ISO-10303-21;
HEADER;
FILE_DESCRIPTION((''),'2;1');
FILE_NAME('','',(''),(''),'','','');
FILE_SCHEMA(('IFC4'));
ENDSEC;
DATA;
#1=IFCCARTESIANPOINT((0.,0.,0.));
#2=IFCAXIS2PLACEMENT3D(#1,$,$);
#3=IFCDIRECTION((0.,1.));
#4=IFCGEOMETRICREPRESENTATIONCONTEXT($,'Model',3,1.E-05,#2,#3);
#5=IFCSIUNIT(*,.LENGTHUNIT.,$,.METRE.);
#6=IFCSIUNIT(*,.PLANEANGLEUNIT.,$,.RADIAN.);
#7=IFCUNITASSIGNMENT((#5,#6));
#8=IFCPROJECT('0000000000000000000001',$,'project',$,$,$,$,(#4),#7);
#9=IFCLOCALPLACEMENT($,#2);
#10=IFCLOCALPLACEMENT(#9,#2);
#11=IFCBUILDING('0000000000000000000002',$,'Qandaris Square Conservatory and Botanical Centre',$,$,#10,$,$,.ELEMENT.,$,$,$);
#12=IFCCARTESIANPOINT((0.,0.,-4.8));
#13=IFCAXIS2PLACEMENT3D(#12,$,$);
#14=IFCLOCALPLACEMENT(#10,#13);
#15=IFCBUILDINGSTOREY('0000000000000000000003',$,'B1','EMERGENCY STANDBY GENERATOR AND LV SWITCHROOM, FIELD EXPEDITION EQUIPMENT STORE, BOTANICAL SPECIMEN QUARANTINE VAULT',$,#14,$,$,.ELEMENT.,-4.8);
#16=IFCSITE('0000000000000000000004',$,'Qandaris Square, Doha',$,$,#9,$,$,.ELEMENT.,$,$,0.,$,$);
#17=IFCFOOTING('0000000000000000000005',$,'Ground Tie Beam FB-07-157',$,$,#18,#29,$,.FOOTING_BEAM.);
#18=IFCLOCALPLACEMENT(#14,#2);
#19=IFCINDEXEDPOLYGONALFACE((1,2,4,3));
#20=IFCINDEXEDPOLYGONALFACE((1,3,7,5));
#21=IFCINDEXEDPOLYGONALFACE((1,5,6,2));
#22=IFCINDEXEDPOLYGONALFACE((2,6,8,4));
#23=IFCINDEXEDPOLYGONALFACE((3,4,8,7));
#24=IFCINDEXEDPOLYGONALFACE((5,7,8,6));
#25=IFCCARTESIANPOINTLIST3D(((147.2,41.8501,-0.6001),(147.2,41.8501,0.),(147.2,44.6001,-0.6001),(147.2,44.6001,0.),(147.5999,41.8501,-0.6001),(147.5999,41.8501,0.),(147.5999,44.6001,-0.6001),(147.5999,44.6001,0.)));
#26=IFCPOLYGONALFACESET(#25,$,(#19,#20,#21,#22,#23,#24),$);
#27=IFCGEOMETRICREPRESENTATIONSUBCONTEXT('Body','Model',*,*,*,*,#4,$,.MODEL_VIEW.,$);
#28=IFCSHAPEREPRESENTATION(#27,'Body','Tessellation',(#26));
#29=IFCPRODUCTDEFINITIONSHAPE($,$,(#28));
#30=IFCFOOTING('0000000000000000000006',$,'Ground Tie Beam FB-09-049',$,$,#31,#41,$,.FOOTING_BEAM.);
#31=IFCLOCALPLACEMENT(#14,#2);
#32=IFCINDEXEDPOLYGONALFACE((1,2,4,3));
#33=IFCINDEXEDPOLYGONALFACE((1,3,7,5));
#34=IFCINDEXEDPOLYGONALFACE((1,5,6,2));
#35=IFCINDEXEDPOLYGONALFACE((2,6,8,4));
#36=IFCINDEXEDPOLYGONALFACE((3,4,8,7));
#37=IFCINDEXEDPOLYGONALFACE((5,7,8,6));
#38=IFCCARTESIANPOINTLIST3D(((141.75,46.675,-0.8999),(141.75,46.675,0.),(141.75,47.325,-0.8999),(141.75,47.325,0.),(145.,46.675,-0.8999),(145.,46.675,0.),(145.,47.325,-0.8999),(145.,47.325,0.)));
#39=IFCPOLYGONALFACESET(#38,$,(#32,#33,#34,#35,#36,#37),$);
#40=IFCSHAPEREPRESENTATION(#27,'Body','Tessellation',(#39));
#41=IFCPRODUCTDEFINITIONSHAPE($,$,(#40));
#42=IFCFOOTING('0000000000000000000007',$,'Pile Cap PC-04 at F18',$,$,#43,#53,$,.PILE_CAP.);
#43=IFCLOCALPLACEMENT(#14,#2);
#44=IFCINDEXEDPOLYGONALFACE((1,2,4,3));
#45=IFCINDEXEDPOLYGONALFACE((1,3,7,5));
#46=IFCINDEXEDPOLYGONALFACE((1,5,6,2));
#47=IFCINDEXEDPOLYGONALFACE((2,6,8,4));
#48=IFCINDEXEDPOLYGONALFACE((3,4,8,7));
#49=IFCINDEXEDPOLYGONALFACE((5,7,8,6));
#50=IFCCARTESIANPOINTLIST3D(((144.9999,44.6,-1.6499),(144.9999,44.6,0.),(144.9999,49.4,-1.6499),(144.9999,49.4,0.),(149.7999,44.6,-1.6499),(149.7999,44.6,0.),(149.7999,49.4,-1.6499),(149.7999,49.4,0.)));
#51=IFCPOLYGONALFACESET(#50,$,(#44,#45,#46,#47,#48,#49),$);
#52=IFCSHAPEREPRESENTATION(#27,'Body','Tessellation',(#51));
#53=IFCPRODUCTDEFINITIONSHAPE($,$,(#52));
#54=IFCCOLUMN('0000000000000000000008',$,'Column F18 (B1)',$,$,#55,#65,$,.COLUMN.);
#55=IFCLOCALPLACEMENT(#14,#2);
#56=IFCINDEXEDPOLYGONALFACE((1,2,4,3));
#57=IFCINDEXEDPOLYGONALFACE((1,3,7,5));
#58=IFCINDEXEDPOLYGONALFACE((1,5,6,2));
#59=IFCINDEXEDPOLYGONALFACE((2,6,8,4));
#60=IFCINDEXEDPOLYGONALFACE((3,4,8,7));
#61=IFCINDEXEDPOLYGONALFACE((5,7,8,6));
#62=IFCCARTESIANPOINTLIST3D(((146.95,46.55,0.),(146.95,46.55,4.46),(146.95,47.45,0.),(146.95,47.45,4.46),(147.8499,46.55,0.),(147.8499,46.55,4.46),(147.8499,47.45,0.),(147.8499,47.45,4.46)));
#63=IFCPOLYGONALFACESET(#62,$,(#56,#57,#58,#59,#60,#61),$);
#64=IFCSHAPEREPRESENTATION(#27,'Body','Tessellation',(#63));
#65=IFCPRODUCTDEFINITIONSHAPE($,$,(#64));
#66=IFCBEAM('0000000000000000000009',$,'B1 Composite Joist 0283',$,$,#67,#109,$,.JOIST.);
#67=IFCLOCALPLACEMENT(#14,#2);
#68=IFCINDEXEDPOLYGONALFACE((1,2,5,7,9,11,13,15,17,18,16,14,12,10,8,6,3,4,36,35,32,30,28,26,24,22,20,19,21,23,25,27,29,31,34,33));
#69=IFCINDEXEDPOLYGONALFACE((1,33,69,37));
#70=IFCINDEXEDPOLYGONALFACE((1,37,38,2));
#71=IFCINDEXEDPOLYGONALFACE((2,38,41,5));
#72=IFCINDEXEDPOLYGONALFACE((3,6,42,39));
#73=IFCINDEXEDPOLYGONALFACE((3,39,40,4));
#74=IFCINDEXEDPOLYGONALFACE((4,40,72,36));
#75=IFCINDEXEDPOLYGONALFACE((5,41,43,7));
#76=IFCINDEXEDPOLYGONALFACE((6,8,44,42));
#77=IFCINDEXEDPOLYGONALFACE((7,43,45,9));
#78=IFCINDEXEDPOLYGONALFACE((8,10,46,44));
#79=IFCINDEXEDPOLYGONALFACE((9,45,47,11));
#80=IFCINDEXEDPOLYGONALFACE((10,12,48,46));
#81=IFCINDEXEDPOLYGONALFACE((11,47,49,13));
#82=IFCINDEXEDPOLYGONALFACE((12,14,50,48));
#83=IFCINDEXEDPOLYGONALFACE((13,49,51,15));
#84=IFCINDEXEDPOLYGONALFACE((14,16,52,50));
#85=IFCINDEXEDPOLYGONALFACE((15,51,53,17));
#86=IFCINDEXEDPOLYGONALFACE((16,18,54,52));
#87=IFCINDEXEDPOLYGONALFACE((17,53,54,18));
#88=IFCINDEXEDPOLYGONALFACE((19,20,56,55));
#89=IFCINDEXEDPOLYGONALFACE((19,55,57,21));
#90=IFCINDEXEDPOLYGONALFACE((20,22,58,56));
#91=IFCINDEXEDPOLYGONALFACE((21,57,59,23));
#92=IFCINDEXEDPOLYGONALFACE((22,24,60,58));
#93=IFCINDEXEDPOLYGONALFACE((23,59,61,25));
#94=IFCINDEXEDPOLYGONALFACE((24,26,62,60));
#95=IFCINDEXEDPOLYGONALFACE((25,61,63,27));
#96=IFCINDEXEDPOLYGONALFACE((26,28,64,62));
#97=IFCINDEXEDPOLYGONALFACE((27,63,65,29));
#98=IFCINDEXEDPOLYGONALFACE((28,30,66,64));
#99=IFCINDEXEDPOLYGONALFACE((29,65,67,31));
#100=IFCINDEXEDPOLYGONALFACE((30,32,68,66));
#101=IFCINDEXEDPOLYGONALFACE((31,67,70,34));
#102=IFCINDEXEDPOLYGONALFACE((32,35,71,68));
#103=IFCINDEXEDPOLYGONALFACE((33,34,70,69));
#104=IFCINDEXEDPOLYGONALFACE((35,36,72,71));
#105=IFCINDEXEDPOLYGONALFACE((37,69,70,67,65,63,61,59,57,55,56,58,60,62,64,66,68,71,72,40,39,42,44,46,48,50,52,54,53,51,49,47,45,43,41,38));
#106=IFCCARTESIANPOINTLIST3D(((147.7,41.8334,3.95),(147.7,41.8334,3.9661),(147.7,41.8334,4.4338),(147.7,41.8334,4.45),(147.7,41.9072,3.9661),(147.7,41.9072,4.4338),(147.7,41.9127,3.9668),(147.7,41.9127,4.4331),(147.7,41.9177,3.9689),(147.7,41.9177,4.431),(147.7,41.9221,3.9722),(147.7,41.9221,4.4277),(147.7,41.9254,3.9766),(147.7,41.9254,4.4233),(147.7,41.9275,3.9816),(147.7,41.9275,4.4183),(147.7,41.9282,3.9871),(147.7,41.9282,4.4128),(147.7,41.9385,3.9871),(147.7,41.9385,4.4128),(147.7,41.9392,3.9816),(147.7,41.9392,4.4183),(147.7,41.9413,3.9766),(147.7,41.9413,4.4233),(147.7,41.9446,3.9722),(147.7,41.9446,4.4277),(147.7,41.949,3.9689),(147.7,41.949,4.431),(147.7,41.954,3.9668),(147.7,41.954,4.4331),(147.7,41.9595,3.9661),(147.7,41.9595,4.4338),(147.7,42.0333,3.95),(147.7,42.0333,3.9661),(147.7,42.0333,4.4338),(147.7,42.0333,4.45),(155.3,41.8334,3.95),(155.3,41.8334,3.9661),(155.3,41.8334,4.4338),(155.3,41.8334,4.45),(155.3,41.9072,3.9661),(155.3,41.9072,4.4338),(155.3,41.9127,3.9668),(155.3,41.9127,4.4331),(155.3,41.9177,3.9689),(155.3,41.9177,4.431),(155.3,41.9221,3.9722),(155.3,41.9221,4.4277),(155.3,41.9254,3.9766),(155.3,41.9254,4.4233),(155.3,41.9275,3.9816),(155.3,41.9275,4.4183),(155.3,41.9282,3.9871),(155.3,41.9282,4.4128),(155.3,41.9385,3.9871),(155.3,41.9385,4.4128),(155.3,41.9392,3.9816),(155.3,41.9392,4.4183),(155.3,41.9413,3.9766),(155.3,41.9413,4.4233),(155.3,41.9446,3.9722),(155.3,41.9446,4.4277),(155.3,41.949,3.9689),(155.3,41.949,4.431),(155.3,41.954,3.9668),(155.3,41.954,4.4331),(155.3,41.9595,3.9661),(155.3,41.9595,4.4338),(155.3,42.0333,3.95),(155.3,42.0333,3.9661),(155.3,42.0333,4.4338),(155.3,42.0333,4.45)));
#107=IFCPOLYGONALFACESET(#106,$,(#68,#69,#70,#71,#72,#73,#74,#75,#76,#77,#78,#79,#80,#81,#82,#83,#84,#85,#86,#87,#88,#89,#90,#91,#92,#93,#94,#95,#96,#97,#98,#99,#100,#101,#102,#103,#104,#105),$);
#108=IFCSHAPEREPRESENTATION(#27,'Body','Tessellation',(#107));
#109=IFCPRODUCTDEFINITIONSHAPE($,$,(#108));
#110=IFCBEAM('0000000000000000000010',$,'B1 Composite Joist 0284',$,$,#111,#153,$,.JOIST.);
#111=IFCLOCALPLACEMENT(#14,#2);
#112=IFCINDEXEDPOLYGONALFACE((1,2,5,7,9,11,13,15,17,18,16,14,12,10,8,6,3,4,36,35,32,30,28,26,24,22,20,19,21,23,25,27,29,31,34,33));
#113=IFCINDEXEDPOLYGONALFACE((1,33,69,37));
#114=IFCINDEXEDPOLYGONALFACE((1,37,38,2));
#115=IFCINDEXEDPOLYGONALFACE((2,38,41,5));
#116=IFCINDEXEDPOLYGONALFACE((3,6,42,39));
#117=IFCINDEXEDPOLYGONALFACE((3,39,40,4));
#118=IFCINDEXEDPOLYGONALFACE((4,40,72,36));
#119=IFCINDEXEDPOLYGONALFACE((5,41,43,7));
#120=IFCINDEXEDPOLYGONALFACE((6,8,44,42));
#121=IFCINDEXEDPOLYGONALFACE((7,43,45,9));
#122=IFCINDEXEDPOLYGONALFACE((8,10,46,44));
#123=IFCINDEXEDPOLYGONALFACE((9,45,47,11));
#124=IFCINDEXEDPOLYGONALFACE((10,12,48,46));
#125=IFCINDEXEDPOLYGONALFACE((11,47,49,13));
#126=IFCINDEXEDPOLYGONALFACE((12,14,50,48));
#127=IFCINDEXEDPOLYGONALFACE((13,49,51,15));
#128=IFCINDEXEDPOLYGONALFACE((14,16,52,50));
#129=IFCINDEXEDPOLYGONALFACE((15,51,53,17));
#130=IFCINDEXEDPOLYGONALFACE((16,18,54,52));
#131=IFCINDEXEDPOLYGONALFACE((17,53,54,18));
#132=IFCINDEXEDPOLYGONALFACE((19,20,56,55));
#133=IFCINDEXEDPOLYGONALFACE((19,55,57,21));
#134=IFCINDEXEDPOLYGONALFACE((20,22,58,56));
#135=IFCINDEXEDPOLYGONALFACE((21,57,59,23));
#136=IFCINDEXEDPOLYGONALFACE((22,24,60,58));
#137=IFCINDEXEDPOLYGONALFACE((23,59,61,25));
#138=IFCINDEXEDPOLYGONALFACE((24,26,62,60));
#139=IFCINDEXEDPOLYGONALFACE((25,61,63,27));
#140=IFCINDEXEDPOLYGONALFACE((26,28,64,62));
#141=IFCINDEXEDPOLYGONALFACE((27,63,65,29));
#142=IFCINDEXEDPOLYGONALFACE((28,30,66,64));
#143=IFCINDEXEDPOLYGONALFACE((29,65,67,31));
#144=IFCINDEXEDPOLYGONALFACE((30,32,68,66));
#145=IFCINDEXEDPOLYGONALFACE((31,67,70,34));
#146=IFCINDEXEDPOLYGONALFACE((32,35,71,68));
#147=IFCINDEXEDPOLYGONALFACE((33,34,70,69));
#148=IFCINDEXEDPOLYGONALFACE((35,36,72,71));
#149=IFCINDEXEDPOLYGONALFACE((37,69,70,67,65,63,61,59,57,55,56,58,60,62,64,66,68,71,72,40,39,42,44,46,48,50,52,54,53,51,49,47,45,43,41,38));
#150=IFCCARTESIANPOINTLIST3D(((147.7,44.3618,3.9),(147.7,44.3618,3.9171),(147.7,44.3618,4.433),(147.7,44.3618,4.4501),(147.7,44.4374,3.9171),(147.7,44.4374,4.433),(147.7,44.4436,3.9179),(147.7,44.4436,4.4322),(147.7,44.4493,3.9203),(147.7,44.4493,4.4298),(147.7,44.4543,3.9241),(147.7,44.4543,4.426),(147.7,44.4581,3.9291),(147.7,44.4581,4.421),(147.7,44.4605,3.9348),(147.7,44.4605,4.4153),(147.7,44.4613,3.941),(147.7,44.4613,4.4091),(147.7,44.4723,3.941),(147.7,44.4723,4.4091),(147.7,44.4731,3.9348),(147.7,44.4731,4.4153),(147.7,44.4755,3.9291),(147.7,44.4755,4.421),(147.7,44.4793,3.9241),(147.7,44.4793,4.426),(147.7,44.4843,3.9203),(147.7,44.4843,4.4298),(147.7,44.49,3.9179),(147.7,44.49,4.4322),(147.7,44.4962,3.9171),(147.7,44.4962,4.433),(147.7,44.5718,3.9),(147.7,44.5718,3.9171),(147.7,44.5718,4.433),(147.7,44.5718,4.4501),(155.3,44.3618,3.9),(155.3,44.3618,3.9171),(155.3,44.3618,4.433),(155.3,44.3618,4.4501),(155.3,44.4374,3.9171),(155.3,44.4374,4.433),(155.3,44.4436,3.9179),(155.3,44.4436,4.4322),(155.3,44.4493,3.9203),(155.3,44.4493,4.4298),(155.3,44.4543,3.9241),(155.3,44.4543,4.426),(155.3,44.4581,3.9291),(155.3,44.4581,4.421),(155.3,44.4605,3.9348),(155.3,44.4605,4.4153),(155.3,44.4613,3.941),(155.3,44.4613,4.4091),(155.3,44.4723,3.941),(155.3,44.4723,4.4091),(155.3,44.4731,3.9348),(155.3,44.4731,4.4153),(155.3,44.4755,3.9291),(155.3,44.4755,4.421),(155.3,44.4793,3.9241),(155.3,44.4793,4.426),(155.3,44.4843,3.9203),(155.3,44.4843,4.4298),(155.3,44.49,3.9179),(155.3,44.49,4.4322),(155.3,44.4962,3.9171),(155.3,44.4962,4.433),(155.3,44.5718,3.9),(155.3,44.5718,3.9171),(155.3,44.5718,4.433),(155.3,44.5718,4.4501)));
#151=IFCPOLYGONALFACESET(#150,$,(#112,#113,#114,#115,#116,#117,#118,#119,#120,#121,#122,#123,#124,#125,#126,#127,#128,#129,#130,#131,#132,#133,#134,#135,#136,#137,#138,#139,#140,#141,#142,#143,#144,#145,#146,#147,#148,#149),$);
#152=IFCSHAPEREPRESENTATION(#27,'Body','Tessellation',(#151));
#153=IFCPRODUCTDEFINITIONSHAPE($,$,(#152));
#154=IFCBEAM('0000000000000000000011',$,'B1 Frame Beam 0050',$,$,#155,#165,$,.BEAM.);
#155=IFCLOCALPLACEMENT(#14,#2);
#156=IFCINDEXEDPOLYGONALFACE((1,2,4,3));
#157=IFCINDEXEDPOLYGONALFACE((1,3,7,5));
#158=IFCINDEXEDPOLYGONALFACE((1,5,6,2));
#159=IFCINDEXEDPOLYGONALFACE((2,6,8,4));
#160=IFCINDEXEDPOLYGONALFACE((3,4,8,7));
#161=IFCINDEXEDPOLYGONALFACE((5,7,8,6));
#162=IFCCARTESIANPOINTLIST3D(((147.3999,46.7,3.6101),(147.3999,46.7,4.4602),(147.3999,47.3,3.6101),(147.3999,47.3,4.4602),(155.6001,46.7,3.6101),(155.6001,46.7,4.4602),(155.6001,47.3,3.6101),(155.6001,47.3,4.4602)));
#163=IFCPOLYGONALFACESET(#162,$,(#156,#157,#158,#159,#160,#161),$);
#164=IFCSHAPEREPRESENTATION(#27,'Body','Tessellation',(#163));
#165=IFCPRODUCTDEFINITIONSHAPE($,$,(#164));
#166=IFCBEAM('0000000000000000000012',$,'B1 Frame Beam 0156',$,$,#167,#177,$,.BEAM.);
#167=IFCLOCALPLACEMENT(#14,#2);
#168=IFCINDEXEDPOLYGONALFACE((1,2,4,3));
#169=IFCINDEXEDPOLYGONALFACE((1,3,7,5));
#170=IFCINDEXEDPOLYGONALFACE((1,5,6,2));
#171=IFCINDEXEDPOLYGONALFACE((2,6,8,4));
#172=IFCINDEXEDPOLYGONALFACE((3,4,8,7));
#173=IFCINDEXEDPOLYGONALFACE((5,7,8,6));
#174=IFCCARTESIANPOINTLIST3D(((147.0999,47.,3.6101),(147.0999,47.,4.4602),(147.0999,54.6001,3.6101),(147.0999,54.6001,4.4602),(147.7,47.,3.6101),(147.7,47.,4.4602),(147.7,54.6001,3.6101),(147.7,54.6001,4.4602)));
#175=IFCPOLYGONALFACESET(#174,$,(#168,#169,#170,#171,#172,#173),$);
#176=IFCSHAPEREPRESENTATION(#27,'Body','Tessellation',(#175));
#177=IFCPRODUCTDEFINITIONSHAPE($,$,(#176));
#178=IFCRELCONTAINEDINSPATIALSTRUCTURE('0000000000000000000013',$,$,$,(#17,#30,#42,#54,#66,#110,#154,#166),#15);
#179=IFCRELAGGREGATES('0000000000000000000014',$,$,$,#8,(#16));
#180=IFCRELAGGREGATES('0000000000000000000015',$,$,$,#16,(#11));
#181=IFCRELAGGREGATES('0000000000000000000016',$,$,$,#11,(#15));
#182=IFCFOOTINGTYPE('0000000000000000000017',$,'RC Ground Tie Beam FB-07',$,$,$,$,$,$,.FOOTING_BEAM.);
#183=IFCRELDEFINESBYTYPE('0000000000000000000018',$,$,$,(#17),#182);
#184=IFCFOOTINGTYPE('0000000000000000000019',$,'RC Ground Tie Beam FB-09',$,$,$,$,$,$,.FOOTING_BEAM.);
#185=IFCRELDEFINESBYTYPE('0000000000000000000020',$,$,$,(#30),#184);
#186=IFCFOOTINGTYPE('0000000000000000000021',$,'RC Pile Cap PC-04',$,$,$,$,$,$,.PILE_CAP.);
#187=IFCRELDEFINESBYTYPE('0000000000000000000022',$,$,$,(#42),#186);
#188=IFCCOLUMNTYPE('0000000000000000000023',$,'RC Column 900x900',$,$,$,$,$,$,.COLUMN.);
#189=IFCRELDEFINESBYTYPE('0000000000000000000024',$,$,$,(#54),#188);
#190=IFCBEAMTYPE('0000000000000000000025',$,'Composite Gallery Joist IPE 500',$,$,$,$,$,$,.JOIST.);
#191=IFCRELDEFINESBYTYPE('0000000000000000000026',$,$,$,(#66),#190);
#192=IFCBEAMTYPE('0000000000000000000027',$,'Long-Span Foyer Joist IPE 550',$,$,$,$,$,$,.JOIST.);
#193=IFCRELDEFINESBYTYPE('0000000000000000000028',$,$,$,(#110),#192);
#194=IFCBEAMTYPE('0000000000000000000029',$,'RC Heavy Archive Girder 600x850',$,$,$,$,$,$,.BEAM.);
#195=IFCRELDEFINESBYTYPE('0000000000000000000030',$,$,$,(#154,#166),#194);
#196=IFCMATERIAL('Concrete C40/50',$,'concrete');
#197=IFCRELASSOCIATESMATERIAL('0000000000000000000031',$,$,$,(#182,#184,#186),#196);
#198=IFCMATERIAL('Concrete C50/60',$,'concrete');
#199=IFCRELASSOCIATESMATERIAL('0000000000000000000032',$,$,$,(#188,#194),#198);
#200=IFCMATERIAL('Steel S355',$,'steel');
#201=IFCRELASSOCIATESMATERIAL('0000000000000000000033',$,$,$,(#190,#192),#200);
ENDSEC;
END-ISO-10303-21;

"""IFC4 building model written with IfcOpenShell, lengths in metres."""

from ifc_helpers import new_model, si_unit, direction, frame, origin, origin_2d, place, context, subcontext, project, spatial, rectangle, i_section, extrude, material, material_profile, profile_set, type_object, element, save


model = new_model("IFC4")

# Units and contexts
model_context = context("Model", 3, precision=1e-05, world=origin(), true_north=direction((0.0, 1.0)))
body_context = subcontext(model_context, "Body", "Model", "MODEL_VIEW")
ifc_project = project(units=[si_unit("LENGTHUNIT", "METRE"), si_unit("PLANEANGLEUNIT", "RADIAN")], contexts=[model_context])

# Site, building, storey
site_placement = place(None, origin())
site = spatial("IfcSite", under=ifc_project, at=site_placement, Name="Qandaris Square, Doha", CompositionType="ELEMENT", RefElevation=0.0)
building_placement = place(site_placement, origin())
building = spatial("IfcBuilding", under=site, at=building_placement, Name="Qandaris Square Conservatory and Botanical Centre", CompositionType="ELEMENT")
storey_placement = place(building_placement, frame((0.0, 0.0, -4.8)))
storey = spatial("IfcBuildingStorey", under=building, at=storey_placement, Name="B1", Description="EMERGENCY STANDBY GENERATOR AND LV SWITCHROOM, FIELD EXPEDITION EQUIPMENT STORE, BOTANICAL SPECIMEN QUARANTINE VAULT", CompositionType="ELEMENT", Elevation=-4.8)

# Shared definitions
ifc_material_1 = material(Name="Concrete C50/60", Category="concrete")

# Footings
ifc_material_2 = material(Name="Concrete C40/50", Category="concrete")
ifc_material_profile_1 = material_profile(ifc_material_2, rectangle(XDim=0.3999, YDim=0.6001, at=origin_2d()), Name="FB 400x600")
ifc_profile_set_1 = profile_set([ifc_material_profile_1], Name="Concrete C40/50")
footing_type_1 = type_object("IfcFootingType", Name="RC Ground Tie Beam FB-07", PredefinedType="FOOTING_BEAM", material=ifc_profile_set_1)
footing_1_placement = place(storey_placement, frame((147.3999, 41.8501, -0.3), z_axis=(0.0, 1.0, 0.0), x_axis=(-1.0, 0.0, 0.0)))
element("IfcFooting", 1, at=footing_1_placement, inside=storey, type_object=footing_type_1, Name="Ground Tie Beam FB-07-157", PredefinedType="FOOTING_BEAM", context=body_context, shape_type="SweptSolid", body=[
    extrude(rectangle(XDim=0.3999, YDim=0.6001, at=origin_2d()), origin(), (0.0, 0.0, 1.0), 2.75),
])
ifc_material_profile_2 = material_profile(ifc_material_2, rectangle(XDim=0.6499, YDim=0.8999, at=origin_2d()), Name="FB 650x900")
ifc_profile_set_2 = profile_set([ifc_material_profile_2], Name="Concrete C40/50")
footing_type_2 = type_object("IfcFootingType", Name="RC Ground Tie Beam FB-09", PredefinedType="FOOTING_BEAM", material=ifc_profile_set_2)
footing_2_placement = place(storey_placement, frame((141.75, 47.0, -0.45), z_axis=(1.0, 0.0, 0.0), x_axis=(0.0, 1.0, 0.0)))
element("IfcFooting", 2, at=footing_2_placement, inside=storey, type_object=footing_type_2, Name="Ground Tie Beam FB-09-049", PredefinedType="FOOTING_BEAM", context=body_context, shape_type="SweptSolid", body=[
    extrude(rectangle(XDim=0.6499, YDim=0.8999, at=origin_2d()), origin(), (0.0, 0.0, 1.0), 3.25),
])
footing_type_3 = type_object("IfcFootingType", Name="RC Pile Cap PC-04", PredefinedType="PILE_CAP", material=ifc_material_2)
footing_3_placement = place(storey_placement, frame((147.3999, 47.0, -1.6499), z_axis=(0.0, 0.0, 1.0), x_axis=(1.0, 0.0, 0.0)))
element("IfcFooting", 3, at=footing_3_placement, inside=storey, type_object=footing_type_3, Name="Pile Cap PC-04 at F18", PredefinedType="PILE_CAP", context=body_context, shape_type="SweptSolid", body=[
    extrude(rectangle(XDim=4.8, YDim=4.8, at=origin_2d()), origin(), (0.0, 0.0, 1.0), 1.6499),
])

# Column
ifc_material_profile_3 = material_profile(ifc_material_1, rectangle(XDim=0.8999, YDim=0.8999, at=origin_2d()), Name="RC-COL 900x900")
ifc_profile_set_3 = profile_set([ifc_material_profile_3], Name="Concrete C50/60")
column_type = type_object("IfcColumnType", Name="RC Column 900x900", PredefinedType="COLUMN", material=ifc_profile_set_3)
column_placement = place(storey_placement, frame((147.3999, 47.0, 0.0), z_axis=(0.0, 0.0, 1.0), x_axis=(1.0, 0.0, 0.0)))
element("IfcColumn", 4, at=column_placement, inside=storey, type_object=column_type, Name="Column F18 (B1)", PredefinedType="COLUMN", context=body_context, shape_type="SweptSolid", body=[
    extrude(rectangle(XDim=0.8999, YDim=0.8999, at=origin_2d()), origin(), (0.0, 0.0, 1.0), 4.46),
])

# Beams
ifc_material_3 = material(Name="Steel S355", Category="steel")
ifc_material_profile_4 = material_profile(ifc_material_3, i_section(OverallWidth=0.2, OverallDepth=0.5, WebThickness=0.0103, FlangeThickness=0.0161, FilletRadius=0.021, at=origin_2d()), Name="IPE 500")
ifc_profile_set_4 = profile_set([ifc_material_profile_4], Name="Steel S355")
beam_type_1 = type_object("IfcBeamType", Name="Composite Gallery Joist IPE 500", PredefinedType="JOIST", material=ifc_profile_set_4)
beam_1_placement = place(storey_placement, frame((147.7, 41.9333, 4.2), z_axis=(1.0, 0.0, 0.0), x_axis=(0.0, 1.0, 0.0)))
element("IfcBeam", 5, at=beam_1_placement, inside=storey, type_object=beam_type_1, Name="B1 Composite Joist 0283", PredefinedType="JOIST", context=body_context, shape_type="SweptSolid", body=[
    extrude(i_section(OverallWidth=0.2, OverallDepth=0.5, WebThickness=0.0103, FlangeThickness=0.0161, FilletRadius=0.021, at=origin_2d()), origin(), (0.0, 0.0, 1.0), 7.6001),
])
ifc_material_profile_5 = material_profile(ifc_material_3, i_section(OverallWidth=0.21, OverallDepth=0.55, WebThickness=0.011, FlangeThickness=0.0171, FilletRadius=0.0239, at=origin_2d()), Name="IPE 550")
ifc_profile_set_5 = profile_set([ifc_material_profile_5], Name="Steel S355")
beam_type_2 = type_object("IfcBeamType", Name="Long-Span Foyer Joist IPE 550", PredefinedType="JOIST", material=ifc_profile_set_5)
beam_2_placement = place(storey_placement, frame((147.7, 44.4668, 4.175), z_axis=(1.0, 0.0, 0.0), x_axis=(0.0, 1.0, 0.0)))
element("IfcBeam", 6, at=beam_2_placement, inside=storey, type_object=beam_type_2, Name="B1 Composite Joist 0284", PredefinedType="JOIST", context=body_context, shape_type="SweptSolid", body=[
    extrude(i_section(OverallWidth=0.21, OverallDepth=0.55, WebThickness=0.011, FlangeThickness=0.0171, FilletRadius=0.0239, at=origin_2d()), origin(), (0.0, 0.0, 1.0), 7.6001),
])
ifc_material_profile_6 = material_profile(ifc_material_1, rectangle(XDim=0.6001, YDim=0.8501, at=origin_2d()), Name="RC-BM 600x850")
ifc_profile_set_6 = profile_set([ifc_material_profile_6], Name="Concrete C50/60")
beam_type_3 = type_object("IfcBeamType", Name="RC Heavy Archive Girder 600x850", PredefinedType="BEAM", material=ifc_profile_set_6)
beam_3_placement = place(storey_placement, frame((147.3999, 47.0, 4.0352), z_axis=(1.0, 0.0, 0.0), x_axis=(0.0, 1.0, 0.0)))
element("IfcBeam", 7, at=beam_3_placement, inside=storey, type_object=beam_type_3, Name="B1 Frame Beam 0050", PredefinedType="BEAM", context=body_context, shape_type="SweptSolid", body=[
    extrude(rectangle(XDim=0.6001, YDim=0.8501, at=origin_2d()), origin(), (0.0, 0.0, 1.0), 8.2002),
])
beam_4_placement = place(storey_placement, frame((147.3999, 47.0, 4.0352), z_axis=(0.0, 1.0, 0.0), x_axis=(-1.0, 0.0, 0.0)))
element("IfcBeam", 8, at=beam_4_placement, inside=storey, type_object=beam_type_3, Name="B1 Frame Beam 0156", PredefinedType="BEAM", context=body_context, shape_type="SweptSolid", body=[
    extrude(rectangle(XDim=0.6001, YDim=0.8501, at=origin_2d()), origin(), (0.0, 0.0, 1.0), 7.6001),
])

save(model, "model.ifc")
